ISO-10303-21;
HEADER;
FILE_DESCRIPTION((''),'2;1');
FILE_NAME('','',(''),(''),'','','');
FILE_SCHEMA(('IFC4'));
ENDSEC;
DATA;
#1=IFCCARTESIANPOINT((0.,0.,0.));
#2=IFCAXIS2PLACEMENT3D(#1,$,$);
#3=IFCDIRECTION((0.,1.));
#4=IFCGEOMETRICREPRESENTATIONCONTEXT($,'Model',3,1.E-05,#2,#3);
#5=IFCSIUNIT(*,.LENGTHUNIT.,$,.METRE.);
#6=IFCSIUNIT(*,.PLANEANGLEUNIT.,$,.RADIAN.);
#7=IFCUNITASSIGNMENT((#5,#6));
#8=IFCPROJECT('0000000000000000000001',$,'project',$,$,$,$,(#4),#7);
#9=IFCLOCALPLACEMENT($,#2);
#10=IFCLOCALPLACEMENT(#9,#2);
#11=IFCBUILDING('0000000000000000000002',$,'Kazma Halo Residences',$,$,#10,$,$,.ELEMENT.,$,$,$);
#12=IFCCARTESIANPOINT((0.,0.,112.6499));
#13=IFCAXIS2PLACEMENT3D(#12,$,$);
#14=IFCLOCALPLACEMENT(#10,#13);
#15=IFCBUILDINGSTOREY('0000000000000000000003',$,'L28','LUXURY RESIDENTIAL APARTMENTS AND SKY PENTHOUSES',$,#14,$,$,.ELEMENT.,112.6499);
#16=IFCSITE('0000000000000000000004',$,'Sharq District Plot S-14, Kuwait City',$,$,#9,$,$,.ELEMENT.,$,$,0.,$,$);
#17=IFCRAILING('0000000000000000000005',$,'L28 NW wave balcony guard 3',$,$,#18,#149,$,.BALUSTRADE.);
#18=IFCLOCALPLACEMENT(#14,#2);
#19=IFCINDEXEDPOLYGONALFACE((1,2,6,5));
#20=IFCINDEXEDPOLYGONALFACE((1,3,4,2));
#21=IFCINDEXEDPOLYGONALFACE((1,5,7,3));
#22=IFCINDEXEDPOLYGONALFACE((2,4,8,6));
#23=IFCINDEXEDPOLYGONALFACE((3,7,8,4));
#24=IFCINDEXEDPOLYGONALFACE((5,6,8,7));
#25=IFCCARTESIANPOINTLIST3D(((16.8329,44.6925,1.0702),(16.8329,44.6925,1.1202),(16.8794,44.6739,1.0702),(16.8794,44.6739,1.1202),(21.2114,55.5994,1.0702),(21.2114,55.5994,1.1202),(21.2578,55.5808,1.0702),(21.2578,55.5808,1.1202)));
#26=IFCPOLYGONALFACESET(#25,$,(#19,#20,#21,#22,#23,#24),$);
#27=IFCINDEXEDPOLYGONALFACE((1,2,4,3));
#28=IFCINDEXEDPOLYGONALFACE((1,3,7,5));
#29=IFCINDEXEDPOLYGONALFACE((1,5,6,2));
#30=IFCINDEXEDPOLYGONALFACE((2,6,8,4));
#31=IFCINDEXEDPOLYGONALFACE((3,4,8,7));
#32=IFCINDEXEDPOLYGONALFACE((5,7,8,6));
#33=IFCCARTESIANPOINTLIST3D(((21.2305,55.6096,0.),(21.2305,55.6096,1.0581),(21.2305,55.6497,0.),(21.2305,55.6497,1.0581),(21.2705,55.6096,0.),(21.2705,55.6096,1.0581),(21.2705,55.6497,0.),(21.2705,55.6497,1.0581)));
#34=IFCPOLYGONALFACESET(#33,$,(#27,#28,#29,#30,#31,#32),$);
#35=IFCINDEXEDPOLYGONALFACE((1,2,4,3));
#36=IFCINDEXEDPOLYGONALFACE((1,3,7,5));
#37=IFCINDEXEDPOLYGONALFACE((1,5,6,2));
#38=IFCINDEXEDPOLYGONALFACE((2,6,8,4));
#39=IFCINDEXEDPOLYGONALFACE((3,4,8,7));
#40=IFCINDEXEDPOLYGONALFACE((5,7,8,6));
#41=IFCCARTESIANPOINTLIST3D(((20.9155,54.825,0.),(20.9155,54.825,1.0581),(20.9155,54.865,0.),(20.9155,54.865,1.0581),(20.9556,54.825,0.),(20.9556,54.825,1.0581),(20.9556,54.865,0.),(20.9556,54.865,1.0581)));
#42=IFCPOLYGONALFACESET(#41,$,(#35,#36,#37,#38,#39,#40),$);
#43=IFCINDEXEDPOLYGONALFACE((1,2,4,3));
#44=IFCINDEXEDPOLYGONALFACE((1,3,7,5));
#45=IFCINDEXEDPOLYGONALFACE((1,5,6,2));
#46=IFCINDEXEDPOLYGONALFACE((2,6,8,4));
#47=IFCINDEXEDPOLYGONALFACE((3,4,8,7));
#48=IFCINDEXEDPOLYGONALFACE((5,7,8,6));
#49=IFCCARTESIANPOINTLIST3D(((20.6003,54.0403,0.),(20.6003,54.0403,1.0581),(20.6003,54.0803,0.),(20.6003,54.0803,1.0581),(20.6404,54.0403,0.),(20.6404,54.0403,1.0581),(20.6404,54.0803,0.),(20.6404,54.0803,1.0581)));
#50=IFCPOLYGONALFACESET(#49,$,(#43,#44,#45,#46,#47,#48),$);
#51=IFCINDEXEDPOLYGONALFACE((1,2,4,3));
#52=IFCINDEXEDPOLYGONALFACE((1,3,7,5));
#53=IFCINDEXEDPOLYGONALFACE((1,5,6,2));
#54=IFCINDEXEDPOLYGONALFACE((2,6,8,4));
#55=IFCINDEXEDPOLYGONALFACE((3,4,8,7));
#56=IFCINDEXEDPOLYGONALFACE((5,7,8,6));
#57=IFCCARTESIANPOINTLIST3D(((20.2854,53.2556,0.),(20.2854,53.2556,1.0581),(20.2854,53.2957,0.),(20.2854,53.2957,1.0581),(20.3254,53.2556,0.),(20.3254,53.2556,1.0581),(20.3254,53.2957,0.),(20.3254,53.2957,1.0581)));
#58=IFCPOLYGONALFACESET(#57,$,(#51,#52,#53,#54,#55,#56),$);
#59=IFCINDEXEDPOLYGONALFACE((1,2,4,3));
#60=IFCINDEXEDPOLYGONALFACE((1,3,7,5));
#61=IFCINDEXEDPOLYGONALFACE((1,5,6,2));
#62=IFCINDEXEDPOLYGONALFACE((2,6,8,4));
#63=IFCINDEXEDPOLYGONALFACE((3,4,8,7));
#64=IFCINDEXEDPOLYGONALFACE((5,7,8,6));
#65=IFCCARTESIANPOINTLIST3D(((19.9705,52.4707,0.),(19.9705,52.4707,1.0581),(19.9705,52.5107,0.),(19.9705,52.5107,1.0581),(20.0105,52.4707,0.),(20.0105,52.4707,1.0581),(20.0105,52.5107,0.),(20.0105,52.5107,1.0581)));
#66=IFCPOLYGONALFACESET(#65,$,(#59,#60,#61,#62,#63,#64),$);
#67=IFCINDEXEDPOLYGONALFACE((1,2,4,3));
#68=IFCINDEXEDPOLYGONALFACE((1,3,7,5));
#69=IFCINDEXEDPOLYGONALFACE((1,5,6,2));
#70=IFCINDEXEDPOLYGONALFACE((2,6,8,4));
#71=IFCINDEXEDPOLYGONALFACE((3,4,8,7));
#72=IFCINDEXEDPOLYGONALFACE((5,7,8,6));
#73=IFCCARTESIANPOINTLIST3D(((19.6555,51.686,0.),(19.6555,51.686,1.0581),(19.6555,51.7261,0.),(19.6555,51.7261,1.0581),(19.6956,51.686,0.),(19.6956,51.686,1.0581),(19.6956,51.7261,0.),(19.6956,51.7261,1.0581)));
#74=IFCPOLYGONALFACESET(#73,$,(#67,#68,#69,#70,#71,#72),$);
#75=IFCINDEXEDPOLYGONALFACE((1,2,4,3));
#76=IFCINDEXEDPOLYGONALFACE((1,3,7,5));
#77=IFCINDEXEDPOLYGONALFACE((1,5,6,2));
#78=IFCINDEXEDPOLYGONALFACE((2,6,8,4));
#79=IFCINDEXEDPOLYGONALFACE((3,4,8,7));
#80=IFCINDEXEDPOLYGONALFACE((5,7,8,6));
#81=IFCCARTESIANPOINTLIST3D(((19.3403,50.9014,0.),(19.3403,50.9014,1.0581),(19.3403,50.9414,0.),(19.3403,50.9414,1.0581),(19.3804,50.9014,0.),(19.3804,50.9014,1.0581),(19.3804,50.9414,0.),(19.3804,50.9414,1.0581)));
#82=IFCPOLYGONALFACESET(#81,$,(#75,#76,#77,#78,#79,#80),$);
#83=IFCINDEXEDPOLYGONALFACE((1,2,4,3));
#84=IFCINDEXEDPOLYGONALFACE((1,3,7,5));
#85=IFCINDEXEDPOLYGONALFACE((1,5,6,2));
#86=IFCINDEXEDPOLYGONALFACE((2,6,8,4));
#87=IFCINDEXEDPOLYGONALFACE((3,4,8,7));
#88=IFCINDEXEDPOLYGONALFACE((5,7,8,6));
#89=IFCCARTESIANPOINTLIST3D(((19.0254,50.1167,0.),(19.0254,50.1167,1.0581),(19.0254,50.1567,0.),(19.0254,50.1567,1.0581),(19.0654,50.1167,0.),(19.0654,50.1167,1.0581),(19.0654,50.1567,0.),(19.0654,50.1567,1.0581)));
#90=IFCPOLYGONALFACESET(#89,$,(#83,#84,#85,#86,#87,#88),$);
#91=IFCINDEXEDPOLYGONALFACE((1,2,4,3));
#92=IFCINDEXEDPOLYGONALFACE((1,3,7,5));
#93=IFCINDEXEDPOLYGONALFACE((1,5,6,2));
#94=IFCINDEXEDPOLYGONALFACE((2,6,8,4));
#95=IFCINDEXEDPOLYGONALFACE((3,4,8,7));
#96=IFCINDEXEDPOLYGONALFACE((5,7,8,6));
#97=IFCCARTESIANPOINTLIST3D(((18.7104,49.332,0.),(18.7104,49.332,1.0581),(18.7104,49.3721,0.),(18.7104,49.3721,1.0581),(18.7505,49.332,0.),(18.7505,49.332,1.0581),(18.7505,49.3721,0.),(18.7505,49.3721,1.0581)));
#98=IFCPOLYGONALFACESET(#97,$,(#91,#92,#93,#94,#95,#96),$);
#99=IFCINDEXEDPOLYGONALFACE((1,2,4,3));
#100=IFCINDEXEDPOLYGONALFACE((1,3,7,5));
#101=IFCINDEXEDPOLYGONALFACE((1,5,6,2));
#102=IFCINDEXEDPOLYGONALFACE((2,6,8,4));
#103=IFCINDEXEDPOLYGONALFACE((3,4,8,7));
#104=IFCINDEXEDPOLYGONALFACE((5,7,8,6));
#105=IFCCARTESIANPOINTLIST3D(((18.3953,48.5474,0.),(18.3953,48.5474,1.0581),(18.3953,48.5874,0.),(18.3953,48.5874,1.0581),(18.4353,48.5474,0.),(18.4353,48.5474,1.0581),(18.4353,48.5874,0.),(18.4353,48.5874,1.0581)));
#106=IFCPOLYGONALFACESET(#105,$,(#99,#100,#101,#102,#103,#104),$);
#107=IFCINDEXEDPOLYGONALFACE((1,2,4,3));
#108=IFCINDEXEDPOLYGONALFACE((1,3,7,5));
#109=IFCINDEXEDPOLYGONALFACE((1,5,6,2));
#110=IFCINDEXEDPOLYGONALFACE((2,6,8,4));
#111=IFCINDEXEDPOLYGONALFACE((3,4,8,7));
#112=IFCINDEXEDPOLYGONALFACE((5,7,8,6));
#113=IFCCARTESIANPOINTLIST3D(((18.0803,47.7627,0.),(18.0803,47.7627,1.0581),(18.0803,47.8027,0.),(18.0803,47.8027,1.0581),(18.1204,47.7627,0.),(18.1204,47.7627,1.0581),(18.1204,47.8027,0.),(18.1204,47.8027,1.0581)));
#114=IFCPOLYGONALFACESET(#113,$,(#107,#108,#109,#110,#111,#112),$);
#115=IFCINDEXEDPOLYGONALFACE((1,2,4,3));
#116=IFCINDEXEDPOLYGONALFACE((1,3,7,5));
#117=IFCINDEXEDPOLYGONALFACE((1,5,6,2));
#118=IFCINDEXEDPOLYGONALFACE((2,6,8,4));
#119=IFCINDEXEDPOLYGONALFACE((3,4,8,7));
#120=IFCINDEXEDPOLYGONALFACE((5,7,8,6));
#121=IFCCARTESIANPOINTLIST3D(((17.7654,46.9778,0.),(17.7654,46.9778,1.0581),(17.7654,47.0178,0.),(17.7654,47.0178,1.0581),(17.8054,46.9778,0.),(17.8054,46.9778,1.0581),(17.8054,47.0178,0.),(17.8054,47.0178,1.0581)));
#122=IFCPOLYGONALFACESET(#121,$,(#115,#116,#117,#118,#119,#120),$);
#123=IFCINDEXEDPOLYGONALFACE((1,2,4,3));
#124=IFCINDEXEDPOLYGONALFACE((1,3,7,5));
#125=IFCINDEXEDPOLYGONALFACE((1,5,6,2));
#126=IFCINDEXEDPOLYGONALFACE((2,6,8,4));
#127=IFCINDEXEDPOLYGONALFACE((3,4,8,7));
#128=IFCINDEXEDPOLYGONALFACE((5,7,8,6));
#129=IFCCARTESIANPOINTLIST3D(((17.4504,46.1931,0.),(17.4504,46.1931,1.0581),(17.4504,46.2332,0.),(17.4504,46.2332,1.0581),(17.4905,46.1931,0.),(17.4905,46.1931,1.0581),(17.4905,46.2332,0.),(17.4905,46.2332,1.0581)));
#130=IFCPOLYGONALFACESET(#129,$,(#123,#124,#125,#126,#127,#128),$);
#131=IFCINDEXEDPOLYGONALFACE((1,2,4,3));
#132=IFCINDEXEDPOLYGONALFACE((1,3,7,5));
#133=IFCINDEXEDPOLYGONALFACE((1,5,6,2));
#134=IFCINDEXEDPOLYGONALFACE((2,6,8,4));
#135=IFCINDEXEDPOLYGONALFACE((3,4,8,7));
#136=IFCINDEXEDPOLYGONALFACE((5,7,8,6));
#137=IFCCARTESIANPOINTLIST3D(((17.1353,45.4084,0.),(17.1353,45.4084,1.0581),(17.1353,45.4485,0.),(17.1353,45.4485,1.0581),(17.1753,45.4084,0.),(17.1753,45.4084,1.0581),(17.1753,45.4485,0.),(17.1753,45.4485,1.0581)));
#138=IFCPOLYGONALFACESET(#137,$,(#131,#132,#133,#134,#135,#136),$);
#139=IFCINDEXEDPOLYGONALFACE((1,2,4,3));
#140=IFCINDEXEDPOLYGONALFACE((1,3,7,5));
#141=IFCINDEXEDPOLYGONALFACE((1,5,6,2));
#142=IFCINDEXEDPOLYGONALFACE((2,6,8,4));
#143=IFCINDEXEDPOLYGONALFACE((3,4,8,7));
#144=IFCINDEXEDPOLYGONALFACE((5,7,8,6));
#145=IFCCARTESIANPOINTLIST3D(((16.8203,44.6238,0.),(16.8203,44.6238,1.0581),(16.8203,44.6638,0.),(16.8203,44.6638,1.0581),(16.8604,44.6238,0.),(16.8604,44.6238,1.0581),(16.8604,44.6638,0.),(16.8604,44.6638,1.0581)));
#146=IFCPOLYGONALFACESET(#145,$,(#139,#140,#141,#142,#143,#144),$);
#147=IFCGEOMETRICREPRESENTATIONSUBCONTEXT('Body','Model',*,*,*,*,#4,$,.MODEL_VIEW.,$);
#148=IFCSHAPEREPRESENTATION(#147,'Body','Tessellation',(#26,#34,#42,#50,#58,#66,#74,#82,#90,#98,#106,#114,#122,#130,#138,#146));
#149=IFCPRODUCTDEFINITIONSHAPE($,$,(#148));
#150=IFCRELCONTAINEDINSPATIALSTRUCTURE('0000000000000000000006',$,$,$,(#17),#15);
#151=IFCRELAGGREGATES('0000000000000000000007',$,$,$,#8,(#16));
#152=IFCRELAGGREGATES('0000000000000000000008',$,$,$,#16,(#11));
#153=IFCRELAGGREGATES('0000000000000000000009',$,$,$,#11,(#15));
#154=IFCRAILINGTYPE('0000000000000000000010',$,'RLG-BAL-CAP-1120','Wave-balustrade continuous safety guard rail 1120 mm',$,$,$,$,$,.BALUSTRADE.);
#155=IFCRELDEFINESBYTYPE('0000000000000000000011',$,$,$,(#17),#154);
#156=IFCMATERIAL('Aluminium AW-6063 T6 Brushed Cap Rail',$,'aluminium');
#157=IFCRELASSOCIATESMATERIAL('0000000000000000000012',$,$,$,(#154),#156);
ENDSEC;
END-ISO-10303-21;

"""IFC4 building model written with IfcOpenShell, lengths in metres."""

from ifc_helpers import new_model, si_unit, direction, frame, origin, origin_2d, place, context, subcontext, project, spatial, rectangle, extrude, material, type_object, element, save


model = new_model("IFC4")

# Units and contexts
model_context = context("Model", 3, precision=1e-05, world=origin(), true_north=direction((0.0, 1.0)))
body_context = subcontext(model_context, "Body", "Model", "MODEL_VIEW")
ifc_project = project(units=[si_unit("LENGTHUNIT", "METRE"), si_unit("PLANEANGLEUNIT", "RADIAN")], contexts=[model_context])

# Site, building, storey
site_placement = place(None, origin())
site = spatial("IfcSite", under=ifc_project, at=site_placement, Name="Sharq District Plot S-14, Kuwait City", CompositionType="ELEMENT", RefElevation=0.0)
building_placement = place(site_placement, origin())
building = spatial("IfcBuilding", under=site, at=building_placement, Name="Kazma Halo Residences", CompositionType="ELEMENT")
storey_placement = place(building_placement, frame((0.0, 0.0, 112.6499)))
storey = spatial("IfcBuildingStorey", under=building, at=storey_placement, Name="L28", Description="LUXURY RESIDENTIAL APARTMENTS AND SKY PENTHOUSES", CompositionType="ELEMENT", Elevation=112.6499)

# Railing
ifc_material_1 = material(Name="Aluminium AW-6063 T6 Brushed Cap Rail", Category="aluminium")
railing_type = type_object("IfcRailingType", Name="RLG-BAL-CAP-1120", Description="Wave-balustrade continuous safety guard rail 1120 mm", PredefinedType="BALUSTRADE", material=ifc_material_1)
railing_1_placement = place(storey_placement, frame((21.2505, 55.6296, 0.0)))
element("IfcRailing", 1, at=railing_1_placement, inside=storey, type_object=railing_type, Name="L28 NW wave balcony guard 3", PredefinedType="BALUSTRADE", context=body_context, shape_type="SweptSolid", body=[
    extrude(rectangle(XDim=0.05, YDim=0.05, at=origin_2d()), frame((-0.0159, -0.0396, 1.0952), z_axis=(-0.372542, -0.928015, 0.0), x_axis=(0.928015, -0.372542, 0.0)), (0.0, 0.0, 1.0), 11.7529),
    extrude(rectangle(XDim=0.04, YDim=0.04, at=origin_2d()), origin(), (0.0, 0.0, 1.0), 1.0581),
    extrude(rectangle(XDim=0.04, YDim=0.04, at=origin_2d()), frame((-0.3149, -0.7847, 0.0)), (0.0, 0.0, 1.0), 1.0581),
    extrude(rectangle(XDim=0.04, YDim=0.04, at=origin_2d()), frame((-0.6301, -1.5693, 0.0)), (0.0, 0.0, 1.0), 1.0581),
    extrude(rectangle(XDim=0.04, YDim=0.04, at=origin_2d()), frame((-0.9451, -2.354, 0.0)), (0.0, 0.0, 1.0), 1.0581),
    extrude(rectangle(XDim=0.04, YDim=0.04, at=origin_2d()), frame((-1.26, -3.1389, 0.0)), (0.0, 0.0, 1.0), 1.0581),
    extrude(rectangle(XDim=0.04, YDim=0.04, at=origin_2d()), frame((-1.575, -3.9236, 0.0)), (0.0, 0.0, 1.0), 1.0581),
    extrude(rectangle(XDim=0.04, YDim=0.04, at=origin_2d()), frame((-1.8901, -4.7083, 0.0)), (0.0, 0.0, 1.0), 1.0581),
    extrude(rectangle(XDim=0.04, YDim=0.04, at=origin_2d()), frame((-2.2051, -5.4929, 0.0)), (0.0, 0.0, 1.0), 1.0581),
    extrude(rectangle(XDim=0.04, YDim=0.04, at=origin_2d()), frame((-2.52, -6.2776, 0.0)), (0.0, 0.0, 1.0), 1.0581),
    extrude(rectangle(XDim=0.04, YDim=0.04, at=origin_2d()), frame((-2.8352, -7.0623, 0.0)), (0.0, 0.0, 1.0), 1.0581),
    extrude(rectangle(XDim=0.04, YDim=0.04, at=origin_2d()), frame((-3.1501, -7.8469, 0.0)), (0.0, 0.0, 1.0), 1.0581),
    extrude(rectangle(XDim=0.04, YDim=0.04, at=origin_2d()), frame((-3.4651, -8.6318, 0.0)), (0.0, 0.0, 1.0), 1.0581),
    extrude(rectangle(XDim=0.04, YDim=0.04, at=origin_2d()), frame((-3.78, -9.4165, 0.0)), (0.0, 0.0, 1.0), 1.0581),
    extrude(rectangle(XDim=0.04, YDim=0.04, at=origin_2d()), frame((-4.0952, -10.2012, 0.0)), (0.0, 0.0, 1.0), 1.0581),
    extrude(rectangle(XDim=0.04, YDim=0.04, at=origin_2d()), frame((-4.4102, -10.9858, 0.0)), (0.0, 0.0, 1.0), 1.0581),
])

save(model, "model.ifc")
